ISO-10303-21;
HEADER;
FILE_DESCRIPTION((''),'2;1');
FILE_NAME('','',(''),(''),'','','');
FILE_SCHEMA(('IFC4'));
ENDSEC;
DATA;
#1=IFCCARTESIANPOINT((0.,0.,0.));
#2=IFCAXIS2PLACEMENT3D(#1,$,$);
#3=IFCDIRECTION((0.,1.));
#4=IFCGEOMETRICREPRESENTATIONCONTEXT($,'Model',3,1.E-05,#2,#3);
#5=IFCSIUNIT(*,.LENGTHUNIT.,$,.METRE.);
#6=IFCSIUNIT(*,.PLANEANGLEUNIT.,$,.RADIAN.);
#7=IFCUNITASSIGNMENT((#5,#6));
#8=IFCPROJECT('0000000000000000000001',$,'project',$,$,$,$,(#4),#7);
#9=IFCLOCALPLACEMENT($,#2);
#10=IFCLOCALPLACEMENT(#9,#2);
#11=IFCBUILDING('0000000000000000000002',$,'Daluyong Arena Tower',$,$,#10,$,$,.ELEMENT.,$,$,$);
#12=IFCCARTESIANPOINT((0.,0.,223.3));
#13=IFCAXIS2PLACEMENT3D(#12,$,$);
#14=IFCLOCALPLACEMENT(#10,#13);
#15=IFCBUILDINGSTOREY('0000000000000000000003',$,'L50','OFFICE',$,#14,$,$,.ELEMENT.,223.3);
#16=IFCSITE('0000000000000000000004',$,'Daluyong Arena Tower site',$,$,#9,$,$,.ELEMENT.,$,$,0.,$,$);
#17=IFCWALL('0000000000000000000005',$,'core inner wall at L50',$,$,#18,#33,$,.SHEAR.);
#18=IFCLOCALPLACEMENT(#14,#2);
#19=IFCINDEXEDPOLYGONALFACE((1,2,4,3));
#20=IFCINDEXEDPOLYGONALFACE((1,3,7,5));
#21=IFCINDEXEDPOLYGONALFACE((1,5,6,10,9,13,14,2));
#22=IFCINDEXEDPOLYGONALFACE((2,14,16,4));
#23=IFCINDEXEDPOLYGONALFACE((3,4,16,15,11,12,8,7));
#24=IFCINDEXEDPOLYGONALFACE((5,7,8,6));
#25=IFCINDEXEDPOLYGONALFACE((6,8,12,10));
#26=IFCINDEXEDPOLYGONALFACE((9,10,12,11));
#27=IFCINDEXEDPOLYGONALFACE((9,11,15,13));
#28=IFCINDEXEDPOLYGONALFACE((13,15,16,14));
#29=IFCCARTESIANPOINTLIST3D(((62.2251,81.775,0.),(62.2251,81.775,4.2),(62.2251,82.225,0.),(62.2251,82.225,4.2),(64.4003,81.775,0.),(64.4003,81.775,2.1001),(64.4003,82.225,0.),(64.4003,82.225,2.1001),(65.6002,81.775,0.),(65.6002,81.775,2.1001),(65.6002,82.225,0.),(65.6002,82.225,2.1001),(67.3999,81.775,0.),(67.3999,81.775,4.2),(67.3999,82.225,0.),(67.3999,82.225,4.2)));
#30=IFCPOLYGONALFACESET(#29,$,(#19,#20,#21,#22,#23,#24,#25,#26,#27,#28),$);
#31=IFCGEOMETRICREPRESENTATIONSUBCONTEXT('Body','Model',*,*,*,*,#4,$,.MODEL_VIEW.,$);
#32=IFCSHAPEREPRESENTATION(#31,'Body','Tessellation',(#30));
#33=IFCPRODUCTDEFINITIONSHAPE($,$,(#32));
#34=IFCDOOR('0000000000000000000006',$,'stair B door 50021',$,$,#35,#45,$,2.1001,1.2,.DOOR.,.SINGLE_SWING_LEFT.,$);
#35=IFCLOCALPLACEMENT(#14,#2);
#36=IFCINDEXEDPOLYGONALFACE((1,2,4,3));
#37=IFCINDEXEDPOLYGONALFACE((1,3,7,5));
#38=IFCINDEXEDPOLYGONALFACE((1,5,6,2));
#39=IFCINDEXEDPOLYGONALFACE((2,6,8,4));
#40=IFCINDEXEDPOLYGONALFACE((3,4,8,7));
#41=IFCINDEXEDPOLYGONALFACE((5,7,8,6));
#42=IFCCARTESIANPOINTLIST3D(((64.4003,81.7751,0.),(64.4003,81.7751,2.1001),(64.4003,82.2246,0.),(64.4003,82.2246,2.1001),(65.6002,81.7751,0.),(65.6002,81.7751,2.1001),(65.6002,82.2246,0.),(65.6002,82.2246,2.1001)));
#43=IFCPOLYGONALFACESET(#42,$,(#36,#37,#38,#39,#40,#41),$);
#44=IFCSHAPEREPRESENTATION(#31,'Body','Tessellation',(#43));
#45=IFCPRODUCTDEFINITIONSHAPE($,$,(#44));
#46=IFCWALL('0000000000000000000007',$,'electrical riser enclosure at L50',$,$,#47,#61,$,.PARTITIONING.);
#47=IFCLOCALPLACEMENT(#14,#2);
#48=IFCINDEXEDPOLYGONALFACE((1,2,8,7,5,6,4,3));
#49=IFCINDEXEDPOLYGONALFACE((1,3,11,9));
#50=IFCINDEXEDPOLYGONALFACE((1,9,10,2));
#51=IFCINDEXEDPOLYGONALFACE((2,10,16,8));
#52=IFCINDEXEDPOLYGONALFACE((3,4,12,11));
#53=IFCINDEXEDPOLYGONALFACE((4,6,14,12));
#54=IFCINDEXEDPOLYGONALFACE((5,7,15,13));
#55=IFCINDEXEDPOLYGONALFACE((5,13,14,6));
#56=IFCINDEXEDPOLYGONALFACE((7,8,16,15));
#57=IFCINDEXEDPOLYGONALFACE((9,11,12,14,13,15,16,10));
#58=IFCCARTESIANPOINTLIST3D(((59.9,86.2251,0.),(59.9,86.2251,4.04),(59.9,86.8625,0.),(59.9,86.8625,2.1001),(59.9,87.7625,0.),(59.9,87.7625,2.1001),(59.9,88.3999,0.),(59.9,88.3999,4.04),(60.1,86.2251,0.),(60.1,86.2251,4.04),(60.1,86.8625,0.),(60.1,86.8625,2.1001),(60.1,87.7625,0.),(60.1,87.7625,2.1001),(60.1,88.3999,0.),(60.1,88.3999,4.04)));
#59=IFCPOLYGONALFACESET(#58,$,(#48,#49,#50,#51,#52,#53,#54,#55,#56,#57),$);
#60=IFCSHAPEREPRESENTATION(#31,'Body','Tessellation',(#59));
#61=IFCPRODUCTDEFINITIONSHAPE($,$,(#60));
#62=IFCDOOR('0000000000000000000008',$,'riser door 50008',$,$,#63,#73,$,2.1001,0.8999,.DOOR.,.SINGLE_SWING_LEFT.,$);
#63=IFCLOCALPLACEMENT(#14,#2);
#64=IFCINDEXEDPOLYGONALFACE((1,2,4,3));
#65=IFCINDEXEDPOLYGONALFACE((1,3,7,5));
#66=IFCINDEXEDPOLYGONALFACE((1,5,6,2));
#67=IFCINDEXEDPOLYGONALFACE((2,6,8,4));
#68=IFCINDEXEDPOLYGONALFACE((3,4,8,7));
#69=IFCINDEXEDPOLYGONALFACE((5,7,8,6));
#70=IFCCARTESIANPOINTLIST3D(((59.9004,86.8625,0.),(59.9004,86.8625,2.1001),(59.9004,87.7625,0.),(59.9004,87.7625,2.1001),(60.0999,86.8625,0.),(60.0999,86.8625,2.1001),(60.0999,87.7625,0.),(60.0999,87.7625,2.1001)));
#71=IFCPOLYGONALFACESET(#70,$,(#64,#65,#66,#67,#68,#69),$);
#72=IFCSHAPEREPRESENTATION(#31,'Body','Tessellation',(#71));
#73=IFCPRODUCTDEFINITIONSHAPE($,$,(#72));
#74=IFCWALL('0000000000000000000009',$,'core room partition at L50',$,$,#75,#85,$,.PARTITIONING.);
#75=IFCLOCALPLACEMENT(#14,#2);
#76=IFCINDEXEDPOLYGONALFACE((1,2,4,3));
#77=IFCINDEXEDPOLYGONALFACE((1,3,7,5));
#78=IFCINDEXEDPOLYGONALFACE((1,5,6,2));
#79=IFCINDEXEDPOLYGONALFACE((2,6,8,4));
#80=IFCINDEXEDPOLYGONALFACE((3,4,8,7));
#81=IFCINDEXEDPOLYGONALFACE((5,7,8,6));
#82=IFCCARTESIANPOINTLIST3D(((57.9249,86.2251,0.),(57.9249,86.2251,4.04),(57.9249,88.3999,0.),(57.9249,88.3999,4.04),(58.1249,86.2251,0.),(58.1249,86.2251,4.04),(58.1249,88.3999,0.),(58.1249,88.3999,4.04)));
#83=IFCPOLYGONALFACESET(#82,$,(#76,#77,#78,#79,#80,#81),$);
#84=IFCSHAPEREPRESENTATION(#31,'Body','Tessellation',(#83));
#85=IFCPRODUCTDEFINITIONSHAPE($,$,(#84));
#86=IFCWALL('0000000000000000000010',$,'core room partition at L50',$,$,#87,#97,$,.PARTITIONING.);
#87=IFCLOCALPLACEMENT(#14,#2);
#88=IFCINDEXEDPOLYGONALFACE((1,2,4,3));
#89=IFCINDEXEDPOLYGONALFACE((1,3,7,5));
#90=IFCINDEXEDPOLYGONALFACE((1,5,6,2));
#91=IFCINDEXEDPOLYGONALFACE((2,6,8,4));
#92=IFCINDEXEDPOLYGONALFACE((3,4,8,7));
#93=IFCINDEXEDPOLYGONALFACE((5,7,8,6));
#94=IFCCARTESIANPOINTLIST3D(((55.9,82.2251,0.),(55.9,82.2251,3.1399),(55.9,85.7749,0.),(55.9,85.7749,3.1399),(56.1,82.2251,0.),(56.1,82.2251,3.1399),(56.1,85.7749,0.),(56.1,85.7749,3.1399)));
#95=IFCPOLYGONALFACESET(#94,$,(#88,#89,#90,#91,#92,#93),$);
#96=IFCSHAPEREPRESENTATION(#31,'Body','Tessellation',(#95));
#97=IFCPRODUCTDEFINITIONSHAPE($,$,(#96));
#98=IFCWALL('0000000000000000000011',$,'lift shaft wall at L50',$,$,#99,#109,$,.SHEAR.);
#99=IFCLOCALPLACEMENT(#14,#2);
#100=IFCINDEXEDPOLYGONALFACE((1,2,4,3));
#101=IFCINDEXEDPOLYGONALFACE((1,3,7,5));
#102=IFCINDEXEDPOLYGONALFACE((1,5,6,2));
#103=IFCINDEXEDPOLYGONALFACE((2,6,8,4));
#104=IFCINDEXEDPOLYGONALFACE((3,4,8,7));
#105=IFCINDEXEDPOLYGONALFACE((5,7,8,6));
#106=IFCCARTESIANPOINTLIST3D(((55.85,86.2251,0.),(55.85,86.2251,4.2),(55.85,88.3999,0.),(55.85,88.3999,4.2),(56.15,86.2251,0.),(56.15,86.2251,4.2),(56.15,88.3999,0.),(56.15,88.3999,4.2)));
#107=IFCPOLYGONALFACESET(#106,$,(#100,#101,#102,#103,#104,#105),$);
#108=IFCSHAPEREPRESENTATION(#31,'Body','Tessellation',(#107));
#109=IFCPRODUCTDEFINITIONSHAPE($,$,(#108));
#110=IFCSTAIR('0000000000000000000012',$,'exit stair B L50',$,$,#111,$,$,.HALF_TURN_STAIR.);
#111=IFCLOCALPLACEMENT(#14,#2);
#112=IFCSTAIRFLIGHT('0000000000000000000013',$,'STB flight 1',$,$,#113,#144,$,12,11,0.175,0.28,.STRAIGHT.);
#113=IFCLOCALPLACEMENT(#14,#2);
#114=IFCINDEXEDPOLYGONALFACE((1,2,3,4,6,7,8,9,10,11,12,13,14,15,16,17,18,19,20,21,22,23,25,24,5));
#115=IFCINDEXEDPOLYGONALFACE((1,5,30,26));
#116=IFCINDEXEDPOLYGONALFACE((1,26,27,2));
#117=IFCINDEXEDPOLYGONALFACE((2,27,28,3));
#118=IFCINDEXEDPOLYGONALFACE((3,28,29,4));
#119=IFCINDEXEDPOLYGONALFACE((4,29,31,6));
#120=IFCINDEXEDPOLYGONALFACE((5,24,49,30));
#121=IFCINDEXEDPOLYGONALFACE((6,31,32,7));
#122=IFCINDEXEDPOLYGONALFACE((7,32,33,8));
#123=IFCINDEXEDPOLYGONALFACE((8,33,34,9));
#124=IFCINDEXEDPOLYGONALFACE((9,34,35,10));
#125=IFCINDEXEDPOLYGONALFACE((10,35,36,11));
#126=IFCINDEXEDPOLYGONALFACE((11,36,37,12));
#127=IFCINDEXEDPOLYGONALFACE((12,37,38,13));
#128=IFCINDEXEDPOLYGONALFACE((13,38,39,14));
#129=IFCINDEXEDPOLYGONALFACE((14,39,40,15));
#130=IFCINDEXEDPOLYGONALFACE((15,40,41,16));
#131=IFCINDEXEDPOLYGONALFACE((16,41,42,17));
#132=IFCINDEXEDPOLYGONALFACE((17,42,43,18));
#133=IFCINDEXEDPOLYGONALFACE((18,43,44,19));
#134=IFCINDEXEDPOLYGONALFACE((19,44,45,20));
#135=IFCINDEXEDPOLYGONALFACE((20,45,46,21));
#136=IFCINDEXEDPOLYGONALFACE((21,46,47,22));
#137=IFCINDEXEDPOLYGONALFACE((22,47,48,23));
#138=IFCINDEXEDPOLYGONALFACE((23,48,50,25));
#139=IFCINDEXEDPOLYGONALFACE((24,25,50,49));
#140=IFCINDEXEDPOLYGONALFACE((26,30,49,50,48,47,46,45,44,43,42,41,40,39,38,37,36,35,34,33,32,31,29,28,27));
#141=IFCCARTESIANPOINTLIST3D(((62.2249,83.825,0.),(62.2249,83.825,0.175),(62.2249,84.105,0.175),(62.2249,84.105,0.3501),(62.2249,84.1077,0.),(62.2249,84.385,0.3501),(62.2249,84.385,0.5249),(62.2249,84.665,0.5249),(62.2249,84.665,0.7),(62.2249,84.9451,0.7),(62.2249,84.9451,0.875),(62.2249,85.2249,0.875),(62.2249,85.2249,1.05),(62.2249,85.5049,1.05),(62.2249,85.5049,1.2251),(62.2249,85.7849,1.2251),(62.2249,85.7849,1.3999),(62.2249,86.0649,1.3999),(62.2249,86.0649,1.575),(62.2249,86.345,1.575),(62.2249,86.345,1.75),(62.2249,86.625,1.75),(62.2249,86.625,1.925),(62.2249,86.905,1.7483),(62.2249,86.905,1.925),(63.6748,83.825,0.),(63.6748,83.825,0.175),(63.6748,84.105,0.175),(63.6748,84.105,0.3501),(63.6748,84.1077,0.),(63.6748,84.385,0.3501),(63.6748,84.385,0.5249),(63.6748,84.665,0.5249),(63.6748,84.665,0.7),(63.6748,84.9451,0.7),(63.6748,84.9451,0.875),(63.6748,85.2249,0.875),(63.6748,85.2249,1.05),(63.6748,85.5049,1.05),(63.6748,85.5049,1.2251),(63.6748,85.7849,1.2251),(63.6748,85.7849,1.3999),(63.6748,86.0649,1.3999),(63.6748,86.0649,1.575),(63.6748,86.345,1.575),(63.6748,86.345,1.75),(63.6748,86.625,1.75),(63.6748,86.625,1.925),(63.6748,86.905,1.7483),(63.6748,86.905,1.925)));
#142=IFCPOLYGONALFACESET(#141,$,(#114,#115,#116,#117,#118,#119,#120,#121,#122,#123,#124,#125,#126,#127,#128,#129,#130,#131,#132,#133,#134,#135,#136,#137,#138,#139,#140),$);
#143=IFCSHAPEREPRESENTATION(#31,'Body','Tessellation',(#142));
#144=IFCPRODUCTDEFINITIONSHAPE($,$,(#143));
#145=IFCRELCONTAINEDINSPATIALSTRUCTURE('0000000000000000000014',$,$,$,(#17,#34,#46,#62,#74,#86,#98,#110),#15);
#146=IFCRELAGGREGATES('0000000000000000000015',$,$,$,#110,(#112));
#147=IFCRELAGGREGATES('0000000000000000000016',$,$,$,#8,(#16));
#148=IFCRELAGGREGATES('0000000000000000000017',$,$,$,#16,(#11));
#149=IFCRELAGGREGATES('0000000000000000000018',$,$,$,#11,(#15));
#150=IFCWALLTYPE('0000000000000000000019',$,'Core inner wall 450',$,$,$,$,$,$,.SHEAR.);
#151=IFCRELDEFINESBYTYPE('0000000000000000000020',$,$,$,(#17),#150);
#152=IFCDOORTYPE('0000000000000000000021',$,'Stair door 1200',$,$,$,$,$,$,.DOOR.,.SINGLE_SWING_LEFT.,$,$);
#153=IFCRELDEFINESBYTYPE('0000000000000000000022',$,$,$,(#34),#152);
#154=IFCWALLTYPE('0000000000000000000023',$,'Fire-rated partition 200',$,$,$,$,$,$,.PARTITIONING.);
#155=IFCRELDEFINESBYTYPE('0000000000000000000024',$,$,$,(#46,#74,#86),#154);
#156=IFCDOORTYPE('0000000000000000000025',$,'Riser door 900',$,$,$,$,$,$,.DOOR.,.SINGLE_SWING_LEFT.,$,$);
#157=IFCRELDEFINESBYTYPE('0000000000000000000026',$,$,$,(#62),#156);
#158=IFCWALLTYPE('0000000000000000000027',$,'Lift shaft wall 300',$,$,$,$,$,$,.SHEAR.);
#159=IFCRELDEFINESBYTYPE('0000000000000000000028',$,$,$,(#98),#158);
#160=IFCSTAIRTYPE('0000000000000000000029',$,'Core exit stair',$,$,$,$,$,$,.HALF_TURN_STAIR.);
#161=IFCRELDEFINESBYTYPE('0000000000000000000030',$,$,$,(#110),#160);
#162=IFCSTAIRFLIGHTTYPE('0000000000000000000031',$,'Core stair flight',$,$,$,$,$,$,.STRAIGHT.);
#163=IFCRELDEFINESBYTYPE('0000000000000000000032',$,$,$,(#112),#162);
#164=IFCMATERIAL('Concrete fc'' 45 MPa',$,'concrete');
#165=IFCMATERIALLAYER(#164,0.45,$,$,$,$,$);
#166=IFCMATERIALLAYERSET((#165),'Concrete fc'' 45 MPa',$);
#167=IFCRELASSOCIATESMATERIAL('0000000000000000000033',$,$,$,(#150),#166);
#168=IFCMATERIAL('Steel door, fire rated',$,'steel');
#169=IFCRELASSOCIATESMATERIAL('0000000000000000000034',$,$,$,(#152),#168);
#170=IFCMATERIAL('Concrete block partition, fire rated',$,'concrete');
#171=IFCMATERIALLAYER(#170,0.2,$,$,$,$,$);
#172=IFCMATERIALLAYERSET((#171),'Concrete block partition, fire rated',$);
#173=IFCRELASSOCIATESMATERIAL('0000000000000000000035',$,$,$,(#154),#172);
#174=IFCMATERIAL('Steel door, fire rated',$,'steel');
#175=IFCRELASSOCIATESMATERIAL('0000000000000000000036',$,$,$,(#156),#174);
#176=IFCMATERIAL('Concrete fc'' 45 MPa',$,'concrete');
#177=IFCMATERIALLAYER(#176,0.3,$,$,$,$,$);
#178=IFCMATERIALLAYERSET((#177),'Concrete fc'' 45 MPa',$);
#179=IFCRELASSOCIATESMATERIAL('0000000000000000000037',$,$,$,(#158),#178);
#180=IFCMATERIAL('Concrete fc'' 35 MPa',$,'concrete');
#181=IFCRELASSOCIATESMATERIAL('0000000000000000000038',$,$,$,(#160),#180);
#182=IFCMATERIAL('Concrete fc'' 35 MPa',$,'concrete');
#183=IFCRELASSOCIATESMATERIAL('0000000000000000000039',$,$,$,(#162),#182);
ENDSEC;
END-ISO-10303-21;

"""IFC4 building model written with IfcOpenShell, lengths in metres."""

from ifc_helpers import new_model, si_unit, direction, frame, frame_2d, origin, place, context, subcontext, project, spatial, polyline, rectangle, outline, extrude, material, layer, layer_set, type_object, element, fill, aggregate, save


model = new_model("IFC4")

# Units and contexts
model_context = context("Model", 3, precision=1e-05, world=origin(), true_north=direction((0.0, 1.0)))
body_context = subcontext(model_context, "Body", "Model", "MODEL_VIEW")
ifc_project = project(units=[si_unit("LENGTHUNIT", "METRE"), si_unit("PLANEANGLEUNIT", "RADIAN")], contexts=[model_context])

# Site, building, storey
site_placement = place(None, origin())
site = spatial("IfcSite", under=ifc_project, at=site_placement, Name="Daluyong Arena Tower site", CompositionType="ELEMENT", RefElevation=0.0)
building_placement = place(site_placement, origin())
building = spatial("IfcBuilding", under=site, at=building_placement, Name="Daluyong Arena Tower", CompositionType="ELEMENT")
storey_placement = place(building_placement, frame((0.0, 0.0, 223.3)))
storey = spatial("IfcBuildingStorey", under=building, at=storey_placement, Name="L50", Description="OFFICE", CompositionType="ELEMENT", Elevation=223.3)

# Walls, openings, doors
ifc_material_1 = material(Name="Concrete fc' 45 MPa", Category="concrete")
ifc_layer_1 = layer(ifc_material_1, 0.45)
ifc_layer_set_1 = layer_set([ifc_layer_1], Name="Concrete fc' 45 MPa")
wall_type_1 = type_object("IfcWallType", Name="Core inner wall 450", PredefinedType="SHEAR", material=ifc_layer_set_1)
wall_1_placement = place(storey_placement, frame((62.2251, 82.0, 0.0), z_axis=(0.0, 0.0, 1.0), x_axis=(1.0, 0.0, 0.0)))
wall_1 = element("IfcWall", 1, at=wall_1_placement, inside=storey, type_object=wall_type_1, Name="core inner wall at L50", PredefinedType="SHEAR", context=body_context, shape_type="SweptSolid", body=[
    extrude(rectangle(XDim=5.1748, YDim=0.45, at=frame_2d((2.5874, 0.0))), origin(), (0.0, 0.0, 1.0), 4.2),
])
opening_1_placement = place(wall_1_placement, frame((2.175, 0.0, 0.0)))
opening_1 = element("IfcOpeningElement", 2, at=opening_1_placement, cuts=wall_1, PredefinedType="OPENING", context=body_context, shape_type="SweptSolid", body=[
    extrude(rectangle(XDim=1.2, YDim=2.1001, at=frame_2d((0.6001, 1.05))), frame((0.0, 0.2349, 0.0), z_axis=(0.0, -1.0, 0.0), x_axis=(1.0, 0.0, 0.0)), (0.0, 0.0, 1.0), 0.47),
])
ifc_material_2 = material(Name="Steel door, fire rated", Category="steel")
door_type_1 = type_object("IfcDoorType", Name="Stair door 1200", OperationType="SINGLE_SWING_LEFT", PredefinedType="DOOR", material=ifc_material_2)
door_1_placement = place(opening_1_placement, origin())
door_1 = element("IfcDoor", 3, at=door_1_placement, inside=storey, type_object=door_type_1, Name="stair B door 50021", OperationType="SINGLE_SWING_LEFT", OverallHeight=2.1001, OverallWidth=1.2, PredefinedType="DOOR", context=body_context, shape_type="SweptSolid", body=[
    extrude(rectangle(XDim=1.2, YDim=2.1001, at=frame_2d((0.6001, 1.05))), frame((0.0, 0.2246, 0.0), z_axis=(0.0, -1.0, 0.0), x_axis=(1.0, 0.0, 0.0)), (0.0, 0.0, 1.0), 0.4495),
])
fill(opening_1, door_1)
ifc_material_3 = material(Name="Concrete block partition, fire rated", Category="concrete")
ifc_layer_2 = layer(ifc_material_3, 0.2)
ifc_layer_set_2 = layer_set([ifc_layer_2], Name="Concrete block partition, fire rated")
wall_type_2 = type_object("IfcWallType", Name="Fire-rated partition 200", PredefinedType="PARTITIONING", material=ifc_layer_set_2)
wall_2_placement = place(storey_placement, frame((60.0, 86.2251, 0.0), z_axis=(0.0, 0.0, 1.0), x_axis=(0.0, 1.0, 0.0)))
wall_2 = element("IfcWall", 4, at=wall_2_placement, inside=storey, type_object=wall_type_2, Name="electrical riser enclosure at L50", PredefinedType="PARTITIONING", context=body_context, shape_type="SweptSolid", body=[
    extrude(rectangle(XDim=2.1748, YDim=0.2, at=frame_2d((1.0874, 0.0))), origin(), (0.0, 0.0, 1.0), 4.04),
])
opening_2_placement = place(wall_2_placement, frame((0.6375, 0.0, 0.0)))
opening_2 = element("IfcOpeningElement", 5, at=opening_2_placement, cuts=wall_2, PredefinedType="OPENING", context=body_context, shape_type="SweptSolid", body=[
    extrude(rectangle(XDim=0.8999, YDim=2.1001, at=frame_2d((0.45, 1.05))), frame((0.0, 0.1099, 0.0), z_axis=(0.0, -1.0, 0.0), x_axis=(1.0, 0.0, 0.0)), (0.0, 0.0, 1.0), 0.22),
])
ifc_material_4 = material(Name="Steel door, fire rated", Category="steel")
door_type_2 = type_object("IfcDoorType", Name="Riser door 900", OperationType="SINGLE_SWING_LEFT", PredefinedType="DOOR", material=ifc_material_4)
door_2_placement = place(opening_2_placement, origin())
door_2 = element("IfcDoor", 6, at=door_2_placement, inside=storey, type_object=door_type_2, Name="riser door 50008", OperationType="SINGLE_SWING_LEFT", OverallHeight=2.1001, OverallWidth=0.8999, PredefinedType="DOOR", context=body_context, shape_type="SweptSolid", body=[
    extrude(rectangle(XDim=0.8999, YDim=2.1001, at=frame_2d((0.45, 1.05))), frame((0.0, 0.0996, 0.0), z_axis=(0.0, -1.0, 0.0), x_axis=(1.0, 0.0, 0.0)), (0.0, 0.0, 1.0), 0.1995),
])
fill(opening_2, door_2)

# Walls
wall_3_placement = place(storey_placement, frame((58.0249, 86.2251, 0.0), z_axis=(0.0, 0.0, 1.0), x_axis=(0.0, 1.0, 0.0)))
element("IfcWall", 7, at=wall_3_placement, inside=storey, type_object=wall_type_2, Name="core room partition at L50", PredefinedType="PARTITIONING", context=body_context, shape_type="SweptSolid", body=[
    extrude(rectangle(XDim=2.1748, YDim=0.2, at=frame_2d((1.0874, 0.0))), origin(), (0.0, 0.0, 1.0), 4.04),
])
wall_4_placement = place(storey_placement, frame((56.0, 82.2251, 0.0), z_axis=(0.0, 0.0, 1.0), x_axis=(0.0, 1.0, 0.0)))
element("IfcWall", 8, at=wall_4_placement, inside=storey, type_object=wall_type_2, Name="core room partition at L50", PredefinedType="PARTITIONING", context=body_context, shape_type="SweptSolid", body=[
    extrude(rectangle(XDim=3.5498, YDim=0.2, at=frame_2d((1.7749, 0.0))), origin(), (0.0, 0.0, 1.0), 3.1399),
])
ifc_material_5 = material(Name="Concrete fc' 45 MPa", Category="concrete")
ifc_layer_3 = layer(ifc_material_5, 0.3)
ifc_layer_set_3 = layer_set([ifc_layer_3], Name="Concrete fc' 45 MPa")
wall_type_3 = type_object("IfcWallType", Name="Lift shaft wall 300", PredefinedType="SHEAR", material=ifc_layer_set_3)
wall_5_placement = place(storey_placement, frame((56.0, 86.2251, 0.0), z_axis=(0.0, 0.0, 1.0), x_axis=(0.0, 1.0, 0.0)))
element("IfcWall", 9, at=wall_5_placement, inside=storey, type_object=wall_type_3, Name="lift shaft wall at L50", PredefinedType="SHEAR", context=body_context, shape_type="SweptSolid", body=[
    extrude(rectangle(XDim=2.1748, YDim=0.3, at=frame_2d((1.0874, 0.0))), origin(), (0.0, 0.0, 1.0), 4.2),
])

# Stair, stair flight
ifc_material_6 = material(Name="Concrete fc' 35 MPa", Category="concrete")
stair_type = type_object("IfcStairType", Name="Core exit stair", PredefinedType="HALF_TURN_STAIR", material=ifc_material_6)
stair_placement = place(storey_placement, origin())
stair = element("IfcStair", 10, at=stair_placement, inside=storey, type_object=stair_type, Name="exit stair B L50", PredefinedType="HALF_TURN_STAIR")
ifc_material_7 = material(Name="Concrete fc' 35 MPa", Category="concrete")
stair_flight_type = type_object("IfcStairFlightType", Name="Core stair flight", PredefinedType="STRAIGHT", material=ifc_material_7)
stair_flight_placement = place(storey_placement, frame((62.95, 83.825, 0.0), z_axis=(0.0, 0.0, 1.0), x_axis=(0.0, 1.0, 0.0)))
stair_flight = element("IfcStairFlight", 11, at=stair_flight_placement, type_object=stair_flight_type, Name="STB flight 1", NumberOfRisers=12, NumberOfTreads=11, PredefinedType="STRAIGHT", RiserHeight=0.175, TreadLength=0.28, context=body_context, shape_type="SweptSolid", body=[
    extrude(outline(polyline([(0.0, 0.0), (0.0, 0.175), (0.28, 0.175), (0.28, 0.3501), (0.5601, 0.3501), (0.5601, 0.5249), (0.8401, 0.5249), (0.8401, 0.7), (1.1201, 0.7), (1.1201, 0.875), (1.3999, 0.875), (1.3999, 1.05), (1.6799, 1.05), (1.6799, 1.2251), (1.96, 1.2251), (1.96, 1.3999), (2.24, 1.3999), (2.24, 1.575), (2.52, 1.575), (2.52, 1.75), (2.8, 1.75), (2.8, 1.925), (3.0801, 1.925), (3.0801, 2.1001), (3.0801, 1.7483), (0.2827, 0.0), (0.0, 0.0)])), frame((0.0, 0.7251, 0.0), z_axis=(0.0, -1.0, 0.0), x_axis=(1.0, 0.0, 0.0)), (0.0, 0.0, 1.0), 1.45),
])
aggregate(stair, [stair_flight])

save(model, "model.ifc")
